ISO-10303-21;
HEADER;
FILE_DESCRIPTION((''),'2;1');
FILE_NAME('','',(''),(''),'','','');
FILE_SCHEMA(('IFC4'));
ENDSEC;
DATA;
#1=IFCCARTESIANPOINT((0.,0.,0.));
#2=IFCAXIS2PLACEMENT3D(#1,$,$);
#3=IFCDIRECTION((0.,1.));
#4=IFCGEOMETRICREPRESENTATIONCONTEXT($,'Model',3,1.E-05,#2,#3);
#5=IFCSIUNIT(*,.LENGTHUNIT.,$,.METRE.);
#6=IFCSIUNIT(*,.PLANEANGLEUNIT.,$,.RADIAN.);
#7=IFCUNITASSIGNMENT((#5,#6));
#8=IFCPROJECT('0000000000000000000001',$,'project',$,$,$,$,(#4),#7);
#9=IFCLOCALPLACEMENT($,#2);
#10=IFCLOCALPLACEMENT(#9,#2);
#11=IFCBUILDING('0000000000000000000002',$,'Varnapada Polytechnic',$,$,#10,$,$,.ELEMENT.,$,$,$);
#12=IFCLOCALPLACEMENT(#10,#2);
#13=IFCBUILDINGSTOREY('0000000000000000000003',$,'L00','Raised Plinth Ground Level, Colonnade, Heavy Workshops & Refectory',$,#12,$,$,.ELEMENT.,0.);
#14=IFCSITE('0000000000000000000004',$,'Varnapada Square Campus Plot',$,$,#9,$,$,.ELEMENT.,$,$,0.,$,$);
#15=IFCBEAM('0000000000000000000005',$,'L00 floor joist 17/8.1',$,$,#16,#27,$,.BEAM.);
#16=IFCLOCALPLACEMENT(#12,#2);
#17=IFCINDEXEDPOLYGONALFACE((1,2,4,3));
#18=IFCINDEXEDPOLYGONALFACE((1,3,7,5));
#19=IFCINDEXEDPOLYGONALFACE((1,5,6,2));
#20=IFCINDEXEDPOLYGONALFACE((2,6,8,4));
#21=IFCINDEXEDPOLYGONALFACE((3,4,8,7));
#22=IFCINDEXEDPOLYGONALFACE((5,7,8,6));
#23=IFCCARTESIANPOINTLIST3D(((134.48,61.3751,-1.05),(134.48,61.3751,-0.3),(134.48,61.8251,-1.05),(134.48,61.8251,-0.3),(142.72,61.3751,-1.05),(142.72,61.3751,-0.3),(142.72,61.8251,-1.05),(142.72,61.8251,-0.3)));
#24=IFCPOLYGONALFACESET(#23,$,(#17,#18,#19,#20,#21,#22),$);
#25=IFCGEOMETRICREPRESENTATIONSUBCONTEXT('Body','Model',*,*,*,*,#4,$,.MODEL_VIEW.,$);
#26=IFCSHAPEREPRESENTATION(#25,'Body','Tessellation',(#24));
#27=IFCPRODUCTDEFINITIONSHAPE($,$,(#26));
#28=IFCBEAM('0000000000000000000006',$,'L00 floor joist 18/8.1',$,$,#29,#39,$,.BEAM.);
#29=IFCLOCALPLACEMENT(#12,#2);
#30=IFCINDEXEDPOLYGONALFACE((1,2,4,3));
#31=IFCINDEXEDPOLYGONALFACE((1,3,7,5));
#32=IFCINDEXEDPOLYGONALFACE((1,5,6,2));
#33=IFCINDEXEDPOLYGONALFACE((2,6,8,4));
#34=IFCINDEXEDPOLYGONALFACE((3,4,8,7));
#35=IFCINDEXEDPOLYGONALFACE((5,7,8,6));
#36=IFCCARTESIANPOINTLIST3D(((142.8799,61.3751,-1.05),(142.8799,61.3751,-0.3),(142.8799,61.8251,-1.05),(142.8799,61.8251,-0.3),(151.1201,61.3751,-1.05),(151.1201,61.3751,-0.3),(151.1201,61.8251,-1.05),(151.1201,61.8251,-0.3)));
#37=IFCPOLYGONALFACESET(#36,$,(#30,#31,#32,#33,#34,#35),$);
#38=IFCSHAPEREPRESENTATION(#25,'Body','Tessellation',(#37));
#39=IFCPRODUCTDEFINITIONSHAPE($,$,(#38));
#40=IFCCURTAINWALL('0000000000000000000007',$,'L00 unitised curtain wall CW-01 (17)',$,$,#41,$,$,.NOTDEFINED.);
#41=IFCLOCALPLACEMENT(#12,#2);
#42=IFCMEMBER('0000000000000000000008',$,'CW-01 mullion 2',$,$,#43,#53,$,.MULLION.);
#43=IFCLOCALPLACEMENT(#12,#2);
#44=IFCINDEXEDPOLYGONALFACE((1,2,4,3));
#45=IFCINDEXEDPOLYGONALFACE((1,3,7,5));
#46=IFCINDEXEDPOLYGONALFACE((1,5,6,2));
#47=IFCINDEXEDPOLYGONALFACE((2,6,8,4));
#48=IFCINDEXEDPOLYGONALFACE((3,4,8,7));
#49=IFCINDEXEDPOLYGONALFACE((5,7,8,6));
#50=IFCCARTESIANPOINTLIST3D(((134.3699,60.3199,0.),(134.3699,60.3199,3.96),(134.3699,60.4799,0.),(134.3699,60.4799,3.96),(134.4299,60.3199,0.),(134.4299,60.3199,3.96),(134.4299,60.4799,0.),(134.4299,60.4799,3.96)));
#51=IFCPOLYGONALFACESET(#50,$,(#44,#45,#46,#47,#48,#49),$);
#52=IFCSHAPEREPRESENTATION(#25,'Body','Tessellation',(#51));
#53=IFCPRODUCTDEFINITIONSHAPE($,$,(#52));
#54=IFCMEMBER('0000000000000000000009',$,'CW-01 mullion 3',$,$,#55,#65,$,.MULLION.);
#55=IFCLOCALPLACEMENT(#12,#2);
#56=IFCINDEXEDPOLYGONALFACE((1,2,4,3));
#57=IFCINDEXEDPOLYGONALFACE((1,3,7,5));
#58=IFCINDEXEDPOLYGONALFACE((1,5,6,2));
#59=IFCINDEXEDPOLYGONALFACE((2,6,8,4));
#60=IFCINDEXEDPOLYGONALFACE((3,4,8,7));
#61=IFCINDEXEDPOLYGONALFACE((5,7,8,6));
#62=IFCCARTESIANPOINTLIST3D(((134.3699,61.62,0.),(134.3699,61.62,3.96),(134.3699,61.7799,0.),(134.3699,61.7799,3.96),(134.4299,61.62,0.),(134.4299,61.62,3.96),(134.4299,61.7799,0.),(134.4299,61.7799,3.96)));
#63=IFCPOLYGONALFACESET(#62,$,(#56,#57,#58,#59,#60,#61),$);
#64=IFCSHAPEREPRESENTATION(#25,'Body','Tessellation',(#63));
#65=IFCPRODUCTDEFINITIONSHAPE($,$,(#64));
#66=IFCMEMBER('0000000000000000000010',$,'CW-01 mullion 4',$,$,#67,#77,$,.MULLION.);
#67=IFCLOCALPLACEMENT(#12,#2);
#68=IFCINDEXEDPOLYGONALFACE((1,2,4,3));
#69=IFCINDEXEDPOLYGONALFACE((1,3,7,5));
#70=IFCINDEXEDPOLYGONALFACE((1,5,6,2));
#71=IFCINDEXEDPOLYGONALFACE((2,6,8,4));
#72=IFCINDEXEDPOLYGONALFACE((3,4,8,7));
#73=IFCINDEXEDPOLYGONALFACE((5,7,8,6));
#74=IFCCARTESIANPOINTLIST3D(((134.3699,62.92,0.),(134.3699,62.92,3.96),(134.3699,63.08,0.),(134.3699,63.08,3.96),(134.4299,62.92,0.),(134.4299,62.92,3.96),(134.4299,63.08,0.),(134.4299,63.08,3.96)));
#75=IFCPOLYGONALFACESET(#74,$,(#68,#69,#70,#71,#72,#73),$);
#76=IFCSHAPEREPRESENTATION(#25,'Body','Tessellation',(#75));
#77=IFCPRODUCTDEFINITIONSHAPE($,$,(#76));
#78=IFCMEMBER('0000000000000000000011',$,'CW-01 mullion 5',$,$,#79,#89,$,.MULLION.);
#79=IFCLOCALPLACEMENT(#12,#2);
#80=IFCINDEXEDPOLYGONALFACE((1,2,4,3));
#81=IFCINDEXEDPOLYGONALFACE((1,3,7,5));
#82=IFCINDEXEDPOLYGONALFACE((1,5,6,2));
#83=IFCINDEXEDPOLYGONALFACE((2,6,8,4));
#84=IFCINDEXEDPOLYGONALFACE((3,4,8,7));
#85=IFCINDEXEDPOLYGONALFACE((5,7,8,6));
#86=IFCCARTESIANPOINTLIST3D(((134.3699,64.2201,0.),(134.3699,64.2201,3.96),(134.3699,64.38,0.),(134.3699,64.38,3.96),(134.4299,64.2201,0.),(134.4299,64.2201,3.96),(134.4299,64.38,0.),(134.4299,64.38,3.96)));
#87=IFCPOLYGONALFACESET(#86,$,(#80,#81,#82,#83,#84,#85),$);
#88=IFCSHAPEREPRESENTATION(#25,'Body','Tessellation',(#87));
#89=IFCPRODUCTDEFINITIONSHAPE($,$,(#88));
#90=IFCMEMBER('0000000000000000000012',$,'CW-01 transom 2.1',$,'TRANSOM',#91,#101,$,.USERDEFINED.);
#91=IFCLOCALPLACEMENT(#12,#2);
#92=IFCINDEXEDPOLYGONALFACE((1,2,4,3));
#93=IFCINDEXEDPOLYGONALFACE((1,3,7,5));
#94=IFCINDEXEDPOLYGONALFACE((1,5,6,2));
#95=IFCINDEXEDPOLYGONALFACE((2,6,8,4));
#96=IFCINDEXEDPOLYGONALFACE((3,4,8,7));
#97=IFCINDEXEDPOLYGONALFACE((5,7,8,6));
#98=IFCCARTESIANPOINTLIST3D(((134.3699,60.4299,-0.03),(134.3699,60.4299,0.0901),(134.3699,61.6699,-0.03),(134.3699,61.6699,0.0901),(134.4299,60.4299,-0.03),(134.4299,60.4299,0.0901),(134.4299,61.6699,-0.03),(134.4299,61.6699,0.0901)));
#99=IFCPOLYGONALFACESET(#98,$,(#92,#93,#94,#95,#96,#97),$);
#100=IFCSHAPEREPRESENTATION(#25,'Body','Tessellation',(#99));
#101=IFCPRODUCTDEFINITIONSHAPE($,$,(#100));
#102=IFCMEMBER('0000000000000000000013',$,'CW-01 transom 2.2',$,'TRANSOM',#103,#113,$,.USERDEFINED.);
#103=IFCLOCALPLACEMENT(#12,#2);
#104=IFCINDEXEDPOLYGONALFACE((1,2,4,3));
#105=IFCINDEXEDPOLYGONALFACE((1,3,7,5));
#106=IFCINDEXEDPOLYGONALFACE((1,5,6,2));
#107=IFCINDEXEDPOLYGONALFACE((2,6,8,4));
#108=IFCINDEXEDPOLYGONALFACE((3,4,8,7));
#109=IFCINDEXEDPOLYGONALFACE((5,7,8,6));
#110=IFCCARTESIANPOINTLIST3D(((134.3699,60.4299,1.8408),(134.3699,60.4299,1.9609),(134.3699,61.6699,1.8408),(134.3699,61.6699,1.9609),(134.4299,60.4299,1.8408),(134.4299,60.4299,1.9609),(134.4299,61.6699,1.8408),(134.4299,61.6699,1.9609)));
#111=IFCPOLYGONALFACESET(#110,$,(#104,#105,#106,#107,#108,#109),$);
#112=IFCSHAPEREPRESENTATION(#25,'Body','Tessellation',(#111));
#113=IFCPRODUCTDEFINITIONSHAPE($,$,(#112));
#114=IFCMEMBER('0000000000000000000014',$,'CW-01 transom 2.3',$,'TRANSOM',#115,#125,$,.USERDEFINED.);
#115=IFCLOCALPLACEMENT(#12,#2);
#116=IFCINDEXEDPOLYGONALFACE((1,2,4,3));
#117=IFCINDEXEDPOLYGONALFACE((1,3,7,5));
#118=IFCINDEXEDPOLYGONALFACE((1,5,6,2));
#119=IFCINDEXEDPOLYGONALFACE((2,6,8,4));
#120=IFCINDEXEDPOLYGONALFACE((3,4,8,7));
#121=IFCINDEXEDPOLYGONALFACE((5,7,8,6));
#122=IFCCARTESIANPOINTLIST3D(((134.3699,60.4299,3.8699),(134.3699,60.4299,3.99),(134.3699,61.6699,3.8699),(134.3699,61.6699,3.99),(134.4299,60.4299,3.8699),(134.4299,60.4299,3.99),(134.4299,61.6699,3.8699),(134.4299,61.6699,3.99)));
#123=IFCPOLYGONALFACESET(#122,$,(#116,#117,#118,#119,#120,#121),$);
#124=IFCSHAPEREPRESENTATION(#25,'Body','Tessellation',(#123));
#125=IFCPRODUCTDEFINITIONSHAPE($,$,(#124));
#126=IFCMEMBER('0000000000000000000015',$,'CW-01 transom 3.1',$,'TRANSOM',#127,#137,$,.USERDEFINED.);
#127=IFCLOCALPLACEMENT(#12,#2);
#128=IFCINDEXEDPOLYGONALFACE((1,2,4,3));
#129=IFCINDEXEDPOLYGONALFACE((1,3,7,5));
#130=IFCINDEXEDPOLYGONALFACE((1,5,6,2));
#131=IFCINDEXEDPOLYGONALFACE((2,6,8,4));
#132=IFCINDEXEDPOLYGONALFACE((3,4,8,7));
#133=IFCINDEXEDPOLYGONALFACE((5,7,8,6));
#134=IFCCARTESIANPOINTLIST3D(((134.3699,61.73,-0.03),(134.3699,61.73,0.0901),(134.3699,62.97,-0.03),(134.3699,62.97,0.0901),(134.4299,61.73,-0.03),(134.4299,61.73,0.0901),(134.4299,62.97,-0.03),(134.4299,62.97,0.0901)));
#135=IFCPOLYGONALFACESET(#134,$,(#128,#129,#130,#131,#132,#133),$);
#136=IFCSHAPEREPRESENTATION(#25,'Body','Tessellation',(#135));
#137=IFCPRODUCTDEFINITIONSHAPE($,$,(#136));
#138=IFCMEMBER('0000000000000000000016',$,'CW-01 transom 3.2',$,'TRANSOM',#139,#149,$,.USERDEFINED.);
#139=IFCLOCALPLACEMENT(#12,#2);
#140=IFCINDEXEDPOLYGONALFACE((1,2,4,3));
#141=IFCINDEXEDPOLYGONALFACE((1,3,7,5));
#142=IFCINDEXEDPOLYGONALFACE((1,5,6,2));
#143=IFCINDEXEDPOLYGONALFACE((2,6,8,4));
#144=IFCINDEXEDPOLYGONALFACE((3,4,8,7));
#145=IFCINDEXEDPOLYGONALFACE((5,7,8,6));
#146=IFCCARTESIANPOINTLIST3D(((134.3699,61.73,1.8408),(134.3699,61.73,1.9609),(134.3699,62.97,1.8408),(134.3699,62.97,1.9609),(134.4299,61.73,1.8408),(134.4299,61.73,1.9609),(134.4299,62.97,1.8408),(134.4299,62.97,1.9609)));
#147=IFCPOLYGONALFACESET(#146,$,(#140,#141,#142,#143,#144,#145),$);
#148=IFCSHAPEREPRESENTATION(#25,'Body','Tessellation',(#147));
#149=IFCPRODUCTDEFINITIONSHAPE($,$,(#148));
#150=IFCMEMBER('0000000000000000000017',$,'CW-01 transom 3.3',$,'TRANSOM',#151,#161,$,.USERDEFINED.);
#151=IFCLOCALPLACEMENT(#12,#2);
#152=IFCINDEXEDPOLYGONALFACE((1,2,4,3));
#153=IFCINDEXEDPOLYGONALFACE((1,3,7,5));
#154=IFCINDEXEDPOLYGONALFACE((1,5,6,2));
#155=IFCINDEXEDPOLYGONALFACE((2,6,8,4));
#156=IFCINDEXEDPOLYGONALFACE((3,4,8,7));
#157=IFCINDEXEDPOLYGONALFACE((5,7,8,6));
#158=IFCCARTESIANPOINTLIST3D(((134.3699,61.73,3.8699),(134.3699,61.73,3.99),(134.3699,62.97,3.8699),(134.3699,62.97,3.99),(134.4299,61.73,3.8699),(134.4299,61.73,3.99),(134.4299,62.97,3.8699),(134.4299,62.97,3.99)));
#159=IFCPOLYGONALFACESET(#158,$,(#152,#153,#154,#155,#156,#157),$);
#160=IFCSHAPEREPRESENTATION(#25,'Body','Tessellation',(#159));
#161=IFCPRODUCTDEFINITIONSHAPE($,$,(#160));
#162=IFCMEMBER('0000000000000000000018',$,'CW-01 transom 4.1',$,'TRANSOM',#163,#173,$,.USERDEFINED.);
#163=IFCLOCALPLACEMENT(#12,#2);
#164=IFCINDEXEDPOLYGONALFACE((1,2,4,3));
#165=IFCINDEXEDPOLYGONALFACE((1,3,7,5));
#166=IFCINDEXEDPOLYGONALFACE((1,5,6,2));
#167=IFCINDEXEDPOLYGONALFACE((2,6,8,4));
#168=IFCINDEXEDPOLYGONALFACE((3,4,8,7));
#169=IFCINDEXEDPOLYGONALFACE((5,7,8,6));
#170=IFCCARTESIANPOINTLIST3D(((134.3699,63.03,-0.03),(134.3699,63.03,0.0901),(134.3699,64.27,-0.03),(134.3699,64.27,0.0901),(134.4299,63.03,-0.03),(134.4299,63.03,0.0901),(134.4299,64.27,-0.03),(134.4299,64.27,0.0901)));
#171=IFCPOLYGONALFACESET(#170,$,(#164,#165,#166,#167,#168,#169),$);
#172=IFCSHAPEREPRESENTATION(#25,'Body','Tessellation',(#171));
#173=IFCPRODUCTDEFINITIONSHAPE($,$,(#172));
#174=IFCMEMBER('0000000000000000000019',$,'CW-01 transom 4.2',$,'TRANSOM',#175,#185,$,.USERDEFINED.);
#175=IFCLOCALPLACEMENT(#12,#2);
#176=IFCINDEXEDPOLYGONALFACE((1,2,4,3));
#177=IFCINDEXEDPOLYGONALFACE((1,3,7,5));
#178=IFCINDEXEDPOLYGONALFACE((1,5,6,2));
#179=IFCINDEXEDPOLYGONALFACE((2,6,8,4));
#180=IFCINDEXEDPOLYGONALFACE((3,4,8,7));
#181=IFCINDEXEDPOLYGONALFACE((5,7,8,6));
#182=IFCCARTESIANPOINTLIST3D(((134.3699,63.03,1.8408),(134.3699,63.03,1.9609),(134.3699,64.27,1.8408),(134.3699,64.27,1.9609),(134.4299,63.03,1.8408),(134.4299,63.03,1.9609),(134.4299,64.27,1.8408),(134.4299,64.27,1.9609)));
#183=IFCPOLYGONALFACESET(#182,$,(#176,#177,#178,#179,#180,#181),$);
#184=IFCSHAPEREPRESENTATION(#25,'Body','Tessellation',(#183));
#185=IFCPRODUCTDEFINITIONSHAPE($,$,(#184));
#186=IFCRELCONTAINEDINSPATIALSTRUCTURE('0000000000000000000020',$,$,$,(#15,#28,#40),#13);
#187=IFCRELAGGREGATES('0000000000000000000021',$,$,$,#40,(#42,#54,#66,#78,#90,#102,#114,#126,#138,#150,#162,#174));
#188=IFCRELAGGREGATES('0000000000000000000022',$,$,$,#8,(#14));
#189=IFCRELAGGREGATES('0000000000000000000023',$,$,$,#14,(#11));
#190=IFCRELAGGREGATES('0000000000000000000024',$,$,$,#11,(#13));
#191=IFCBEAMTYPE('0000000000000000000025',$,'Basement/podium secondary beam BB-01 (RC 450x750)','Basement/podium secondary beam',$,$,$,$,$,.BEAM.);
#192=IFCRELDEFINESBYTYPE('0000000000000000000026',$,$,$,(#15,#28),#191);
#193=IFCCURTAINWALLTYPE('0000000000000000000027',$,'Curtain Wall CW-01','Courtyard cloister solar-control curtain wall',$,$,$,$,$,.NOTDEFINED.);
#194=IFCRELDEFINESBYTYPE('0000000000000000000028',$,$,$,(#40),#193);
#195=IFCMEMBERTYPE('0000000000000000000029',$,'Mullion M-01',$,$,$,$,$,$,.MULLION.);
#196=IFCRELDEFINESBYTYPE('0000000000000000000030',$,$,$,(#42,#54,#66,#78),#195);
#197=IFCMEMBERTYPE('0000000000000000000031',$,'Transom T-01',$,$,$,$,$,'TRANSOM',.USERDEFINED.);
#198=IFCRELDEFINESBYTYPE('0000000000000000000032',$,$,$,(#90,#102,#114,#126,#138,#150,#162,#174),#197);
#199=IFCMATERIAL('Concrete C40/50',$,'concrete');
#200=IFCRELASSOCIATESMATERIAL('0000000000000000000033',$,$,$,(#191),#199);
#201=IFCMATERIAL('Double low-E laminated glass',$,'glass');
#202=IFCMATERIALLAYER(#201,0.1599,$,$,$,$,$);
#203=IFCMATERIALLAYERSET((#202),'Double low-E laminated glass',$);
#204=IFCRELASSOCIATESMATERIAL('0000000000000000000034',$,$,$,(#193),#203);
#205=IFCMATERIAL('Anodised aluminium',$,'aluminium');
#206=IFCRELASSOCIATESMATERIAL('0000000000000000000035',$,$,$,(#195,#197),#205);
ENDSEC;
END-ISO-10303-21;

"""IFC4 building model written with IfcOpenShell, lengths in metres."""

from ifc_helpers import new_model, si_unit, direction, frame, origin, origin_2d, place, context, subcontext, project, spatial, rectangle, extrude, material, layer, layer_set, material_profile, profile_set, type_object, element, aggregate, save


model = new_model("IFC4")

# Units and contexts
model_context = context("Model", 3, precision=1e-05, world=origin(), true_north=direction((0.0, 1.0)))
body_context = subcontext(model_context, "Body", "Model", "MODEL_VIEW")
ifc_project = project(units=[si_unit("LENGTHUNIT", "METRE"), si_unit("PLANEANGLEUNIT", "RADIAN")], contexts=[model_context])

# Site, building, storey
site_placement = place(None, origin())
site = spatial("IfcSite", under=ifc_project, at=site_placement, Name="Varnapada Square Campus Plot", CompositionType="ELEMENT", RefElevation=0.0)
building_placement = place(site_placement, origin())
building = spatial("IfcBuilding", under=site, at=building_placement, Name="Varnapada Polytechnic", CompositionType="ELEMENT")
storey_placement = place(building_placement, origin())
storey = spatial("IfcBuildingStorey", under=building, at=storey_placement, Name="L00", Description="Raised Plinth Ground Level, Colonnade, Heavy Workshops & Refectory", CompositionType="ELEMENT", Elevation=0.0)

# Beams
ifc_material_1 = material(Name="Concrete C40/50", Category="concrete")
ifc_material_profile_1 = material_profile(ifc_material_1, rectangle(XDim=0.45, YDim=0.75, at=origin_2d()), Name="RC 450x750")
ifc_profile_set_1 = profile_set([ifc_material_profile_1], Name="Concrete C40/50")
beam_type = type_object("IfcBeamType", Name="Basement/podium secondary beam BB-01 (RC 450x750)", Description="Basement/podium secondary beam", PredefinedType="BEAM", material=ifc_profile_set_1)
beam_1_placement = place(storey_placement, frame((134.48, 61.6001, -0.675), z_axis=(1.0, 0.0, 0.0), x_axis=(0.0, 1.0, 0.0)))
element("IfcBeam", 1, at=beam_1_placement, inside=storey, type_object=beam_type, Name="L00 floor joist 17/8.1", PredefinedType="BEAM", context=body_context, shape_type="SweptSolid", body=[
    extrude(rectangle(XDim=0.45, YDim=0.75, at=origin_2d()), origin(), (0.0, 0.0, 1.0), 8.24),
])
beam_2_placement = place(storey_placement, frame((142.8799, 61.6001, -0.675), z_axis=(1.0, 0.0, 0.0), x_axis=(0.0, 1.0, 0.0)))
element("IfcBeam", 2, at=beam_2_placement, inside=storey, type_object=beam_type, Name="L00 floor joist 18/8.1", PredefinedType="BEAM", context=body_context, shape_type="SweptSolid", body=[
    extrude(rectangle(XDim=0.45, YDim=0.75, at=origin_2d()), origin(), (0.0, 0.0, 1.0), 8.2402),
])

# Curtain wall, members
ifc_material_2 = material(Name="Double low-E laminated glass", Category="glass")
ifc_layer_1 = layer(ifc_material_2, 0.1599)
ifc_layer_set_1 = layer_set([ifc_layer_1], Name="Double low-E laminated glass")
curtain_wall_type = type_object("IfcCurtainWallType", Name="Curtain Wall CW-01", Description="Courtyard cloister solar-control curtain wall", PredefinedType="NOTDEFINED", material=ifc_layer_set_1)
curtain_wall_placement = place(storey_placement, origin())
curtain_wall = element("IfcCurtainWall", 3, at=curtain_wall_placement, inside=storey, type_object=curtain_wall_type, Name="L00 unitised curtain wall CW-01 (17)", PredefinedType="NOTDEFINED")
ifc_material_3 = material(Name="Anodised aluminium", Category="aluminium")
ifc_material_profile_2 = material_profile(ifc_material_3, rectangle(XDim=0.0601, YDim=0.1599, at=origin_2d()), Name="ALU M60x160")
ifc_profile_set_2 = profile_set([ifc_material_profile_2], Name="Anodised aluminium")
member_type_1 = type_object("IfcMemberType", Name="Mullion M-01", PredefinedType="MULLION", material=ifc_profile_set_2)
member_1_placement = place(storey_placement, frame((134.3999, 60.3999, 0.0), z_axis=(0.0, 0.0, 1.0), x_axis=(-1.0, 0.0, 0.0)))
member_1 = element("IfcMember", 4, at=member_1_placement, type_object=member_type_1, Name="CW-01 mullion 2", PredefinedType="MULLION", context=body_context, shape_type="SweptSolid", body=[
    extrude(rectangle(XDim=0.0601, YDim=0.1599, at=origin_2d()), origin(), (0.0, 0.0, 1.0), 3.96),
])
member_2_placement = place(storey_placement, frame((134.3999, 61.7, 0.0), z_axis=(0.0, 0.0, 1.0), x_axis=(-1.0, 0.0, 0.0)))
member_2 = element("IfcMember", 5, at=member_2_placement, type_object=member_type_1, Name="CW-01 mullion 3", PredefinedType="MULLION", context=body_context, shape_type="SweptSolid", body=[
    extrude(rectangle(XDim=0.0601, YDim=0.1599, at=origin_2d()), origin(), (0.0, 0.0, 1.0), 3.96),
])
member_3_placement = place(storey_placement, frame((134.3999, 63.0, 0.0), z_axis=(0.0, 0.0, 1.0), x_axis=(-1.0, 0.0, 0.0)))
member_3 = element("IfcMember", 6, at=member_3_placement, type_object=member_type_1, Name="CW-01 mullion 4", PredefinedType="MULLION", context=body_context, shape_type="SweptSolid", body=[
    extrude(rectangle(XDim=0.0601, YDim=0.1599, at=origin_2d()), origin(), (0.0, 0.0, 1.0), 3.96),
])
member_4_placement = place(storey_placement, frame((134.3999, 64.3, 0.0), z_axis=(0.0, 0.0, 1.0), x_axis=(-1.0, 0.0, 0.0)))
member_4 = element("IfcMember", 7, at=member_4_placement, type_object=member_type_1, Name="CW-01 mullion 5", PredefinedType="MULLION", context=body_context, shape_type="SweptSolid", body=[
    extrude(rectangle(XDim=0.0601, YDim=0.1599, at=origin_2d()), origin(), (0.0, 0.0, 1.0), 3.96),
])
ifc_material_profile_3 = material_profile(ifc_material_3, rectangle(XDim=0.0601, YDim=0.1201, at=origin_2d()), Name="ALU T60x120")
ifc_profile_set_3 = profile_set([ifc_material_profile_3], Name="Anodised aluminium")
member_type_2 = type_object("IfcMemberType", Name="Transom T-01", ElementType="TRANSOM", PredefinedType="USERDEFINED", material=ifc_profile_set_3)
member_5_placement = place(storey_placement, frame((134.3999, 60.4299, 0.03), z_axis=(0.0, 1.0, 0.0), x_axis=(-1.0, 0.0, 0.0)))
member_5 = element("IfcMember", 8, at=member_5_placement, type_object=member_type_2, Name="CW-01 transom 2.1", ObjectType="TRANSOM", PredefinedType="USERDEFINED", context=body_context, shape_type="SweptSolid", body=[
    extrude(rectangle(XDim=0.0601, YDim=0.1201, at=origin_2d()), origin(), (0.0, 0.0, 1.0), 1.24),
])
member_6_placement = place(storey_placement, frame((134.3999, 60.4299, 1.9009), z_axis=(0.0, 1.0, 0.0), x_axis=(-1.0, 0.0, 0.0)))
member_6 = element("IfcMember", 9, at=member_6_placement, type_object=member_type_2, Name="CW-01 transom 2.2", ObjectType="TRANSOM", PredefinedType="USERDEFINED", context=body_context, shape_type="SweptSolid", body=[
    extrude(rectangle(XDim=0.0601, YDim=0.1201, at=origin_2d()), origin(), (0.0, 0.0, 1.0), 1.24),
])
member_7_placement = place(storey_placement, frame((134.3999, 60.4299, 3.9299), z_axis=(0.0, 1.0, 0.0), x_axis=(-1.0, 0.0, 0.0)))
member_7 = element("IfcMember", 10, at=member_7_placement, type_object=member_type_2, Name="CW-01 transom 2.3", ObjectType="TRANSOM", PredefinedType="USERDEFINED", context=body_context, shape_type="SweptSolid", body=[
    extrude(rectangle(XDim=0.0601, YDim=0.1201, at=origin_2d()), origin(), (0.0, 0.0, 1.0), 1.24),
])
member_8_placement = place(storey_placement, frame((134.3999, 61.73, 0.03), z_axis=(0.0, 1.0, 0.0), x_axis=(-1.0, 0.0, 0.0)))
member_8 = element("IfcMember", 11, at=member_8_placement, type_object=member_type_2, Name="CW-01 transom 3.1", ObjectType="TRANSOM", PredefinedType="USERDEFINED", context=body_context, shape_type="SweptSolid", body=[
    extrude(rectangle(XDim=0.0601, YDim=0.1201, at=origin_2d()), origin(), (0.0, 0.0, 1.0), 1.24),
])
member_9_placement = place(storey_placement, frame((134.3999, 61.73, 1.9009), z_axis=(0.0, 1.0, 0.0), x_axis=(-1.0, 0.0, 0.0)))
member_9 = element("IfcMember", 12, at=member_9_placement, type_object=member_type_2, Name="CW-01 transom 3.2", ObjectType="TRANSOM", PredefinedType="USERDEFINED", context=body_context, shape_type="SweptSolid", body=[
    extrude(rectangle(XDim=0.0601, YDim=0.1201, at=origin_2d()), origin(), (0.0, 0.0, 1.0), 1.24),
])
member_10_placement = place(storey_placement, frame((134.3999, 61.73, 3.9299), z_axis=(0.0, 1.0, 0.0), x_axis=(-1.0, 0.0, 0.0)))
member_10 = element("IfcMember", 13, at=member_10_placement, type_object=member_type_2, Name="CW-01 transom 3.3", ObjectType="TRANSOM", PredefinedType="USERDEFINED", context=body_context, shape_type="SweptSolid", body=[
    extrude(rectangle(XDim=0.0601, YDim=0.1201, at=origin_2d()), origin(), (0.0, 0.0, 1.0), 1.24),
])
member_11_placement = place(storey_placement, frame((134.3999, 63.03, 0.03), z_axis=(0.0, 1.0, 0.0), x_axis=(-1.0, 0.0, 0.0)))
member_11 = element("IfcMember", 14, at=member_11_placement, type_object=member_type_2, Name="CW-01 transom 4.1", ObjectType="TRANSOM", PredefinedType="USERDEFINED", context=body_context, shape_type="SweptSolid", body=[
    extrude(rectangle(XDim=0.0601, YDim=0.1201, at=origin_2d()), origin(), (0.0, 0.0, 1.0), 1.24),
])
member_12_placement = place(storey_placement, frame((134.3999, 63.03, 1.9009), z_axis=(0.0, 1.0, 0.0), x_axis=(-1.0, 0.0, 0.0)))
member_12 = element("IfcMember", 15, at=member_12_placement, type_object=member_type_2, Name="CW-01 transom 4.2", ObjectType="TRANSOM", PredefinedType="USERDEFINED", context=body_context, shape_type="SweptSolid", body=[
    extrude(rectangle(XDim=0.0601, YDim=0.1201, at=origin_2d()), origin(), (0.0, 0.0, 1.0), 1.24),
])
aggregate(curtain_wall, [member_1, member_2, member_3, member_4, member_5, member_6, member_7, member_8, member_9, member_10, member_11, member_12])

save(model, "model.ifc")
